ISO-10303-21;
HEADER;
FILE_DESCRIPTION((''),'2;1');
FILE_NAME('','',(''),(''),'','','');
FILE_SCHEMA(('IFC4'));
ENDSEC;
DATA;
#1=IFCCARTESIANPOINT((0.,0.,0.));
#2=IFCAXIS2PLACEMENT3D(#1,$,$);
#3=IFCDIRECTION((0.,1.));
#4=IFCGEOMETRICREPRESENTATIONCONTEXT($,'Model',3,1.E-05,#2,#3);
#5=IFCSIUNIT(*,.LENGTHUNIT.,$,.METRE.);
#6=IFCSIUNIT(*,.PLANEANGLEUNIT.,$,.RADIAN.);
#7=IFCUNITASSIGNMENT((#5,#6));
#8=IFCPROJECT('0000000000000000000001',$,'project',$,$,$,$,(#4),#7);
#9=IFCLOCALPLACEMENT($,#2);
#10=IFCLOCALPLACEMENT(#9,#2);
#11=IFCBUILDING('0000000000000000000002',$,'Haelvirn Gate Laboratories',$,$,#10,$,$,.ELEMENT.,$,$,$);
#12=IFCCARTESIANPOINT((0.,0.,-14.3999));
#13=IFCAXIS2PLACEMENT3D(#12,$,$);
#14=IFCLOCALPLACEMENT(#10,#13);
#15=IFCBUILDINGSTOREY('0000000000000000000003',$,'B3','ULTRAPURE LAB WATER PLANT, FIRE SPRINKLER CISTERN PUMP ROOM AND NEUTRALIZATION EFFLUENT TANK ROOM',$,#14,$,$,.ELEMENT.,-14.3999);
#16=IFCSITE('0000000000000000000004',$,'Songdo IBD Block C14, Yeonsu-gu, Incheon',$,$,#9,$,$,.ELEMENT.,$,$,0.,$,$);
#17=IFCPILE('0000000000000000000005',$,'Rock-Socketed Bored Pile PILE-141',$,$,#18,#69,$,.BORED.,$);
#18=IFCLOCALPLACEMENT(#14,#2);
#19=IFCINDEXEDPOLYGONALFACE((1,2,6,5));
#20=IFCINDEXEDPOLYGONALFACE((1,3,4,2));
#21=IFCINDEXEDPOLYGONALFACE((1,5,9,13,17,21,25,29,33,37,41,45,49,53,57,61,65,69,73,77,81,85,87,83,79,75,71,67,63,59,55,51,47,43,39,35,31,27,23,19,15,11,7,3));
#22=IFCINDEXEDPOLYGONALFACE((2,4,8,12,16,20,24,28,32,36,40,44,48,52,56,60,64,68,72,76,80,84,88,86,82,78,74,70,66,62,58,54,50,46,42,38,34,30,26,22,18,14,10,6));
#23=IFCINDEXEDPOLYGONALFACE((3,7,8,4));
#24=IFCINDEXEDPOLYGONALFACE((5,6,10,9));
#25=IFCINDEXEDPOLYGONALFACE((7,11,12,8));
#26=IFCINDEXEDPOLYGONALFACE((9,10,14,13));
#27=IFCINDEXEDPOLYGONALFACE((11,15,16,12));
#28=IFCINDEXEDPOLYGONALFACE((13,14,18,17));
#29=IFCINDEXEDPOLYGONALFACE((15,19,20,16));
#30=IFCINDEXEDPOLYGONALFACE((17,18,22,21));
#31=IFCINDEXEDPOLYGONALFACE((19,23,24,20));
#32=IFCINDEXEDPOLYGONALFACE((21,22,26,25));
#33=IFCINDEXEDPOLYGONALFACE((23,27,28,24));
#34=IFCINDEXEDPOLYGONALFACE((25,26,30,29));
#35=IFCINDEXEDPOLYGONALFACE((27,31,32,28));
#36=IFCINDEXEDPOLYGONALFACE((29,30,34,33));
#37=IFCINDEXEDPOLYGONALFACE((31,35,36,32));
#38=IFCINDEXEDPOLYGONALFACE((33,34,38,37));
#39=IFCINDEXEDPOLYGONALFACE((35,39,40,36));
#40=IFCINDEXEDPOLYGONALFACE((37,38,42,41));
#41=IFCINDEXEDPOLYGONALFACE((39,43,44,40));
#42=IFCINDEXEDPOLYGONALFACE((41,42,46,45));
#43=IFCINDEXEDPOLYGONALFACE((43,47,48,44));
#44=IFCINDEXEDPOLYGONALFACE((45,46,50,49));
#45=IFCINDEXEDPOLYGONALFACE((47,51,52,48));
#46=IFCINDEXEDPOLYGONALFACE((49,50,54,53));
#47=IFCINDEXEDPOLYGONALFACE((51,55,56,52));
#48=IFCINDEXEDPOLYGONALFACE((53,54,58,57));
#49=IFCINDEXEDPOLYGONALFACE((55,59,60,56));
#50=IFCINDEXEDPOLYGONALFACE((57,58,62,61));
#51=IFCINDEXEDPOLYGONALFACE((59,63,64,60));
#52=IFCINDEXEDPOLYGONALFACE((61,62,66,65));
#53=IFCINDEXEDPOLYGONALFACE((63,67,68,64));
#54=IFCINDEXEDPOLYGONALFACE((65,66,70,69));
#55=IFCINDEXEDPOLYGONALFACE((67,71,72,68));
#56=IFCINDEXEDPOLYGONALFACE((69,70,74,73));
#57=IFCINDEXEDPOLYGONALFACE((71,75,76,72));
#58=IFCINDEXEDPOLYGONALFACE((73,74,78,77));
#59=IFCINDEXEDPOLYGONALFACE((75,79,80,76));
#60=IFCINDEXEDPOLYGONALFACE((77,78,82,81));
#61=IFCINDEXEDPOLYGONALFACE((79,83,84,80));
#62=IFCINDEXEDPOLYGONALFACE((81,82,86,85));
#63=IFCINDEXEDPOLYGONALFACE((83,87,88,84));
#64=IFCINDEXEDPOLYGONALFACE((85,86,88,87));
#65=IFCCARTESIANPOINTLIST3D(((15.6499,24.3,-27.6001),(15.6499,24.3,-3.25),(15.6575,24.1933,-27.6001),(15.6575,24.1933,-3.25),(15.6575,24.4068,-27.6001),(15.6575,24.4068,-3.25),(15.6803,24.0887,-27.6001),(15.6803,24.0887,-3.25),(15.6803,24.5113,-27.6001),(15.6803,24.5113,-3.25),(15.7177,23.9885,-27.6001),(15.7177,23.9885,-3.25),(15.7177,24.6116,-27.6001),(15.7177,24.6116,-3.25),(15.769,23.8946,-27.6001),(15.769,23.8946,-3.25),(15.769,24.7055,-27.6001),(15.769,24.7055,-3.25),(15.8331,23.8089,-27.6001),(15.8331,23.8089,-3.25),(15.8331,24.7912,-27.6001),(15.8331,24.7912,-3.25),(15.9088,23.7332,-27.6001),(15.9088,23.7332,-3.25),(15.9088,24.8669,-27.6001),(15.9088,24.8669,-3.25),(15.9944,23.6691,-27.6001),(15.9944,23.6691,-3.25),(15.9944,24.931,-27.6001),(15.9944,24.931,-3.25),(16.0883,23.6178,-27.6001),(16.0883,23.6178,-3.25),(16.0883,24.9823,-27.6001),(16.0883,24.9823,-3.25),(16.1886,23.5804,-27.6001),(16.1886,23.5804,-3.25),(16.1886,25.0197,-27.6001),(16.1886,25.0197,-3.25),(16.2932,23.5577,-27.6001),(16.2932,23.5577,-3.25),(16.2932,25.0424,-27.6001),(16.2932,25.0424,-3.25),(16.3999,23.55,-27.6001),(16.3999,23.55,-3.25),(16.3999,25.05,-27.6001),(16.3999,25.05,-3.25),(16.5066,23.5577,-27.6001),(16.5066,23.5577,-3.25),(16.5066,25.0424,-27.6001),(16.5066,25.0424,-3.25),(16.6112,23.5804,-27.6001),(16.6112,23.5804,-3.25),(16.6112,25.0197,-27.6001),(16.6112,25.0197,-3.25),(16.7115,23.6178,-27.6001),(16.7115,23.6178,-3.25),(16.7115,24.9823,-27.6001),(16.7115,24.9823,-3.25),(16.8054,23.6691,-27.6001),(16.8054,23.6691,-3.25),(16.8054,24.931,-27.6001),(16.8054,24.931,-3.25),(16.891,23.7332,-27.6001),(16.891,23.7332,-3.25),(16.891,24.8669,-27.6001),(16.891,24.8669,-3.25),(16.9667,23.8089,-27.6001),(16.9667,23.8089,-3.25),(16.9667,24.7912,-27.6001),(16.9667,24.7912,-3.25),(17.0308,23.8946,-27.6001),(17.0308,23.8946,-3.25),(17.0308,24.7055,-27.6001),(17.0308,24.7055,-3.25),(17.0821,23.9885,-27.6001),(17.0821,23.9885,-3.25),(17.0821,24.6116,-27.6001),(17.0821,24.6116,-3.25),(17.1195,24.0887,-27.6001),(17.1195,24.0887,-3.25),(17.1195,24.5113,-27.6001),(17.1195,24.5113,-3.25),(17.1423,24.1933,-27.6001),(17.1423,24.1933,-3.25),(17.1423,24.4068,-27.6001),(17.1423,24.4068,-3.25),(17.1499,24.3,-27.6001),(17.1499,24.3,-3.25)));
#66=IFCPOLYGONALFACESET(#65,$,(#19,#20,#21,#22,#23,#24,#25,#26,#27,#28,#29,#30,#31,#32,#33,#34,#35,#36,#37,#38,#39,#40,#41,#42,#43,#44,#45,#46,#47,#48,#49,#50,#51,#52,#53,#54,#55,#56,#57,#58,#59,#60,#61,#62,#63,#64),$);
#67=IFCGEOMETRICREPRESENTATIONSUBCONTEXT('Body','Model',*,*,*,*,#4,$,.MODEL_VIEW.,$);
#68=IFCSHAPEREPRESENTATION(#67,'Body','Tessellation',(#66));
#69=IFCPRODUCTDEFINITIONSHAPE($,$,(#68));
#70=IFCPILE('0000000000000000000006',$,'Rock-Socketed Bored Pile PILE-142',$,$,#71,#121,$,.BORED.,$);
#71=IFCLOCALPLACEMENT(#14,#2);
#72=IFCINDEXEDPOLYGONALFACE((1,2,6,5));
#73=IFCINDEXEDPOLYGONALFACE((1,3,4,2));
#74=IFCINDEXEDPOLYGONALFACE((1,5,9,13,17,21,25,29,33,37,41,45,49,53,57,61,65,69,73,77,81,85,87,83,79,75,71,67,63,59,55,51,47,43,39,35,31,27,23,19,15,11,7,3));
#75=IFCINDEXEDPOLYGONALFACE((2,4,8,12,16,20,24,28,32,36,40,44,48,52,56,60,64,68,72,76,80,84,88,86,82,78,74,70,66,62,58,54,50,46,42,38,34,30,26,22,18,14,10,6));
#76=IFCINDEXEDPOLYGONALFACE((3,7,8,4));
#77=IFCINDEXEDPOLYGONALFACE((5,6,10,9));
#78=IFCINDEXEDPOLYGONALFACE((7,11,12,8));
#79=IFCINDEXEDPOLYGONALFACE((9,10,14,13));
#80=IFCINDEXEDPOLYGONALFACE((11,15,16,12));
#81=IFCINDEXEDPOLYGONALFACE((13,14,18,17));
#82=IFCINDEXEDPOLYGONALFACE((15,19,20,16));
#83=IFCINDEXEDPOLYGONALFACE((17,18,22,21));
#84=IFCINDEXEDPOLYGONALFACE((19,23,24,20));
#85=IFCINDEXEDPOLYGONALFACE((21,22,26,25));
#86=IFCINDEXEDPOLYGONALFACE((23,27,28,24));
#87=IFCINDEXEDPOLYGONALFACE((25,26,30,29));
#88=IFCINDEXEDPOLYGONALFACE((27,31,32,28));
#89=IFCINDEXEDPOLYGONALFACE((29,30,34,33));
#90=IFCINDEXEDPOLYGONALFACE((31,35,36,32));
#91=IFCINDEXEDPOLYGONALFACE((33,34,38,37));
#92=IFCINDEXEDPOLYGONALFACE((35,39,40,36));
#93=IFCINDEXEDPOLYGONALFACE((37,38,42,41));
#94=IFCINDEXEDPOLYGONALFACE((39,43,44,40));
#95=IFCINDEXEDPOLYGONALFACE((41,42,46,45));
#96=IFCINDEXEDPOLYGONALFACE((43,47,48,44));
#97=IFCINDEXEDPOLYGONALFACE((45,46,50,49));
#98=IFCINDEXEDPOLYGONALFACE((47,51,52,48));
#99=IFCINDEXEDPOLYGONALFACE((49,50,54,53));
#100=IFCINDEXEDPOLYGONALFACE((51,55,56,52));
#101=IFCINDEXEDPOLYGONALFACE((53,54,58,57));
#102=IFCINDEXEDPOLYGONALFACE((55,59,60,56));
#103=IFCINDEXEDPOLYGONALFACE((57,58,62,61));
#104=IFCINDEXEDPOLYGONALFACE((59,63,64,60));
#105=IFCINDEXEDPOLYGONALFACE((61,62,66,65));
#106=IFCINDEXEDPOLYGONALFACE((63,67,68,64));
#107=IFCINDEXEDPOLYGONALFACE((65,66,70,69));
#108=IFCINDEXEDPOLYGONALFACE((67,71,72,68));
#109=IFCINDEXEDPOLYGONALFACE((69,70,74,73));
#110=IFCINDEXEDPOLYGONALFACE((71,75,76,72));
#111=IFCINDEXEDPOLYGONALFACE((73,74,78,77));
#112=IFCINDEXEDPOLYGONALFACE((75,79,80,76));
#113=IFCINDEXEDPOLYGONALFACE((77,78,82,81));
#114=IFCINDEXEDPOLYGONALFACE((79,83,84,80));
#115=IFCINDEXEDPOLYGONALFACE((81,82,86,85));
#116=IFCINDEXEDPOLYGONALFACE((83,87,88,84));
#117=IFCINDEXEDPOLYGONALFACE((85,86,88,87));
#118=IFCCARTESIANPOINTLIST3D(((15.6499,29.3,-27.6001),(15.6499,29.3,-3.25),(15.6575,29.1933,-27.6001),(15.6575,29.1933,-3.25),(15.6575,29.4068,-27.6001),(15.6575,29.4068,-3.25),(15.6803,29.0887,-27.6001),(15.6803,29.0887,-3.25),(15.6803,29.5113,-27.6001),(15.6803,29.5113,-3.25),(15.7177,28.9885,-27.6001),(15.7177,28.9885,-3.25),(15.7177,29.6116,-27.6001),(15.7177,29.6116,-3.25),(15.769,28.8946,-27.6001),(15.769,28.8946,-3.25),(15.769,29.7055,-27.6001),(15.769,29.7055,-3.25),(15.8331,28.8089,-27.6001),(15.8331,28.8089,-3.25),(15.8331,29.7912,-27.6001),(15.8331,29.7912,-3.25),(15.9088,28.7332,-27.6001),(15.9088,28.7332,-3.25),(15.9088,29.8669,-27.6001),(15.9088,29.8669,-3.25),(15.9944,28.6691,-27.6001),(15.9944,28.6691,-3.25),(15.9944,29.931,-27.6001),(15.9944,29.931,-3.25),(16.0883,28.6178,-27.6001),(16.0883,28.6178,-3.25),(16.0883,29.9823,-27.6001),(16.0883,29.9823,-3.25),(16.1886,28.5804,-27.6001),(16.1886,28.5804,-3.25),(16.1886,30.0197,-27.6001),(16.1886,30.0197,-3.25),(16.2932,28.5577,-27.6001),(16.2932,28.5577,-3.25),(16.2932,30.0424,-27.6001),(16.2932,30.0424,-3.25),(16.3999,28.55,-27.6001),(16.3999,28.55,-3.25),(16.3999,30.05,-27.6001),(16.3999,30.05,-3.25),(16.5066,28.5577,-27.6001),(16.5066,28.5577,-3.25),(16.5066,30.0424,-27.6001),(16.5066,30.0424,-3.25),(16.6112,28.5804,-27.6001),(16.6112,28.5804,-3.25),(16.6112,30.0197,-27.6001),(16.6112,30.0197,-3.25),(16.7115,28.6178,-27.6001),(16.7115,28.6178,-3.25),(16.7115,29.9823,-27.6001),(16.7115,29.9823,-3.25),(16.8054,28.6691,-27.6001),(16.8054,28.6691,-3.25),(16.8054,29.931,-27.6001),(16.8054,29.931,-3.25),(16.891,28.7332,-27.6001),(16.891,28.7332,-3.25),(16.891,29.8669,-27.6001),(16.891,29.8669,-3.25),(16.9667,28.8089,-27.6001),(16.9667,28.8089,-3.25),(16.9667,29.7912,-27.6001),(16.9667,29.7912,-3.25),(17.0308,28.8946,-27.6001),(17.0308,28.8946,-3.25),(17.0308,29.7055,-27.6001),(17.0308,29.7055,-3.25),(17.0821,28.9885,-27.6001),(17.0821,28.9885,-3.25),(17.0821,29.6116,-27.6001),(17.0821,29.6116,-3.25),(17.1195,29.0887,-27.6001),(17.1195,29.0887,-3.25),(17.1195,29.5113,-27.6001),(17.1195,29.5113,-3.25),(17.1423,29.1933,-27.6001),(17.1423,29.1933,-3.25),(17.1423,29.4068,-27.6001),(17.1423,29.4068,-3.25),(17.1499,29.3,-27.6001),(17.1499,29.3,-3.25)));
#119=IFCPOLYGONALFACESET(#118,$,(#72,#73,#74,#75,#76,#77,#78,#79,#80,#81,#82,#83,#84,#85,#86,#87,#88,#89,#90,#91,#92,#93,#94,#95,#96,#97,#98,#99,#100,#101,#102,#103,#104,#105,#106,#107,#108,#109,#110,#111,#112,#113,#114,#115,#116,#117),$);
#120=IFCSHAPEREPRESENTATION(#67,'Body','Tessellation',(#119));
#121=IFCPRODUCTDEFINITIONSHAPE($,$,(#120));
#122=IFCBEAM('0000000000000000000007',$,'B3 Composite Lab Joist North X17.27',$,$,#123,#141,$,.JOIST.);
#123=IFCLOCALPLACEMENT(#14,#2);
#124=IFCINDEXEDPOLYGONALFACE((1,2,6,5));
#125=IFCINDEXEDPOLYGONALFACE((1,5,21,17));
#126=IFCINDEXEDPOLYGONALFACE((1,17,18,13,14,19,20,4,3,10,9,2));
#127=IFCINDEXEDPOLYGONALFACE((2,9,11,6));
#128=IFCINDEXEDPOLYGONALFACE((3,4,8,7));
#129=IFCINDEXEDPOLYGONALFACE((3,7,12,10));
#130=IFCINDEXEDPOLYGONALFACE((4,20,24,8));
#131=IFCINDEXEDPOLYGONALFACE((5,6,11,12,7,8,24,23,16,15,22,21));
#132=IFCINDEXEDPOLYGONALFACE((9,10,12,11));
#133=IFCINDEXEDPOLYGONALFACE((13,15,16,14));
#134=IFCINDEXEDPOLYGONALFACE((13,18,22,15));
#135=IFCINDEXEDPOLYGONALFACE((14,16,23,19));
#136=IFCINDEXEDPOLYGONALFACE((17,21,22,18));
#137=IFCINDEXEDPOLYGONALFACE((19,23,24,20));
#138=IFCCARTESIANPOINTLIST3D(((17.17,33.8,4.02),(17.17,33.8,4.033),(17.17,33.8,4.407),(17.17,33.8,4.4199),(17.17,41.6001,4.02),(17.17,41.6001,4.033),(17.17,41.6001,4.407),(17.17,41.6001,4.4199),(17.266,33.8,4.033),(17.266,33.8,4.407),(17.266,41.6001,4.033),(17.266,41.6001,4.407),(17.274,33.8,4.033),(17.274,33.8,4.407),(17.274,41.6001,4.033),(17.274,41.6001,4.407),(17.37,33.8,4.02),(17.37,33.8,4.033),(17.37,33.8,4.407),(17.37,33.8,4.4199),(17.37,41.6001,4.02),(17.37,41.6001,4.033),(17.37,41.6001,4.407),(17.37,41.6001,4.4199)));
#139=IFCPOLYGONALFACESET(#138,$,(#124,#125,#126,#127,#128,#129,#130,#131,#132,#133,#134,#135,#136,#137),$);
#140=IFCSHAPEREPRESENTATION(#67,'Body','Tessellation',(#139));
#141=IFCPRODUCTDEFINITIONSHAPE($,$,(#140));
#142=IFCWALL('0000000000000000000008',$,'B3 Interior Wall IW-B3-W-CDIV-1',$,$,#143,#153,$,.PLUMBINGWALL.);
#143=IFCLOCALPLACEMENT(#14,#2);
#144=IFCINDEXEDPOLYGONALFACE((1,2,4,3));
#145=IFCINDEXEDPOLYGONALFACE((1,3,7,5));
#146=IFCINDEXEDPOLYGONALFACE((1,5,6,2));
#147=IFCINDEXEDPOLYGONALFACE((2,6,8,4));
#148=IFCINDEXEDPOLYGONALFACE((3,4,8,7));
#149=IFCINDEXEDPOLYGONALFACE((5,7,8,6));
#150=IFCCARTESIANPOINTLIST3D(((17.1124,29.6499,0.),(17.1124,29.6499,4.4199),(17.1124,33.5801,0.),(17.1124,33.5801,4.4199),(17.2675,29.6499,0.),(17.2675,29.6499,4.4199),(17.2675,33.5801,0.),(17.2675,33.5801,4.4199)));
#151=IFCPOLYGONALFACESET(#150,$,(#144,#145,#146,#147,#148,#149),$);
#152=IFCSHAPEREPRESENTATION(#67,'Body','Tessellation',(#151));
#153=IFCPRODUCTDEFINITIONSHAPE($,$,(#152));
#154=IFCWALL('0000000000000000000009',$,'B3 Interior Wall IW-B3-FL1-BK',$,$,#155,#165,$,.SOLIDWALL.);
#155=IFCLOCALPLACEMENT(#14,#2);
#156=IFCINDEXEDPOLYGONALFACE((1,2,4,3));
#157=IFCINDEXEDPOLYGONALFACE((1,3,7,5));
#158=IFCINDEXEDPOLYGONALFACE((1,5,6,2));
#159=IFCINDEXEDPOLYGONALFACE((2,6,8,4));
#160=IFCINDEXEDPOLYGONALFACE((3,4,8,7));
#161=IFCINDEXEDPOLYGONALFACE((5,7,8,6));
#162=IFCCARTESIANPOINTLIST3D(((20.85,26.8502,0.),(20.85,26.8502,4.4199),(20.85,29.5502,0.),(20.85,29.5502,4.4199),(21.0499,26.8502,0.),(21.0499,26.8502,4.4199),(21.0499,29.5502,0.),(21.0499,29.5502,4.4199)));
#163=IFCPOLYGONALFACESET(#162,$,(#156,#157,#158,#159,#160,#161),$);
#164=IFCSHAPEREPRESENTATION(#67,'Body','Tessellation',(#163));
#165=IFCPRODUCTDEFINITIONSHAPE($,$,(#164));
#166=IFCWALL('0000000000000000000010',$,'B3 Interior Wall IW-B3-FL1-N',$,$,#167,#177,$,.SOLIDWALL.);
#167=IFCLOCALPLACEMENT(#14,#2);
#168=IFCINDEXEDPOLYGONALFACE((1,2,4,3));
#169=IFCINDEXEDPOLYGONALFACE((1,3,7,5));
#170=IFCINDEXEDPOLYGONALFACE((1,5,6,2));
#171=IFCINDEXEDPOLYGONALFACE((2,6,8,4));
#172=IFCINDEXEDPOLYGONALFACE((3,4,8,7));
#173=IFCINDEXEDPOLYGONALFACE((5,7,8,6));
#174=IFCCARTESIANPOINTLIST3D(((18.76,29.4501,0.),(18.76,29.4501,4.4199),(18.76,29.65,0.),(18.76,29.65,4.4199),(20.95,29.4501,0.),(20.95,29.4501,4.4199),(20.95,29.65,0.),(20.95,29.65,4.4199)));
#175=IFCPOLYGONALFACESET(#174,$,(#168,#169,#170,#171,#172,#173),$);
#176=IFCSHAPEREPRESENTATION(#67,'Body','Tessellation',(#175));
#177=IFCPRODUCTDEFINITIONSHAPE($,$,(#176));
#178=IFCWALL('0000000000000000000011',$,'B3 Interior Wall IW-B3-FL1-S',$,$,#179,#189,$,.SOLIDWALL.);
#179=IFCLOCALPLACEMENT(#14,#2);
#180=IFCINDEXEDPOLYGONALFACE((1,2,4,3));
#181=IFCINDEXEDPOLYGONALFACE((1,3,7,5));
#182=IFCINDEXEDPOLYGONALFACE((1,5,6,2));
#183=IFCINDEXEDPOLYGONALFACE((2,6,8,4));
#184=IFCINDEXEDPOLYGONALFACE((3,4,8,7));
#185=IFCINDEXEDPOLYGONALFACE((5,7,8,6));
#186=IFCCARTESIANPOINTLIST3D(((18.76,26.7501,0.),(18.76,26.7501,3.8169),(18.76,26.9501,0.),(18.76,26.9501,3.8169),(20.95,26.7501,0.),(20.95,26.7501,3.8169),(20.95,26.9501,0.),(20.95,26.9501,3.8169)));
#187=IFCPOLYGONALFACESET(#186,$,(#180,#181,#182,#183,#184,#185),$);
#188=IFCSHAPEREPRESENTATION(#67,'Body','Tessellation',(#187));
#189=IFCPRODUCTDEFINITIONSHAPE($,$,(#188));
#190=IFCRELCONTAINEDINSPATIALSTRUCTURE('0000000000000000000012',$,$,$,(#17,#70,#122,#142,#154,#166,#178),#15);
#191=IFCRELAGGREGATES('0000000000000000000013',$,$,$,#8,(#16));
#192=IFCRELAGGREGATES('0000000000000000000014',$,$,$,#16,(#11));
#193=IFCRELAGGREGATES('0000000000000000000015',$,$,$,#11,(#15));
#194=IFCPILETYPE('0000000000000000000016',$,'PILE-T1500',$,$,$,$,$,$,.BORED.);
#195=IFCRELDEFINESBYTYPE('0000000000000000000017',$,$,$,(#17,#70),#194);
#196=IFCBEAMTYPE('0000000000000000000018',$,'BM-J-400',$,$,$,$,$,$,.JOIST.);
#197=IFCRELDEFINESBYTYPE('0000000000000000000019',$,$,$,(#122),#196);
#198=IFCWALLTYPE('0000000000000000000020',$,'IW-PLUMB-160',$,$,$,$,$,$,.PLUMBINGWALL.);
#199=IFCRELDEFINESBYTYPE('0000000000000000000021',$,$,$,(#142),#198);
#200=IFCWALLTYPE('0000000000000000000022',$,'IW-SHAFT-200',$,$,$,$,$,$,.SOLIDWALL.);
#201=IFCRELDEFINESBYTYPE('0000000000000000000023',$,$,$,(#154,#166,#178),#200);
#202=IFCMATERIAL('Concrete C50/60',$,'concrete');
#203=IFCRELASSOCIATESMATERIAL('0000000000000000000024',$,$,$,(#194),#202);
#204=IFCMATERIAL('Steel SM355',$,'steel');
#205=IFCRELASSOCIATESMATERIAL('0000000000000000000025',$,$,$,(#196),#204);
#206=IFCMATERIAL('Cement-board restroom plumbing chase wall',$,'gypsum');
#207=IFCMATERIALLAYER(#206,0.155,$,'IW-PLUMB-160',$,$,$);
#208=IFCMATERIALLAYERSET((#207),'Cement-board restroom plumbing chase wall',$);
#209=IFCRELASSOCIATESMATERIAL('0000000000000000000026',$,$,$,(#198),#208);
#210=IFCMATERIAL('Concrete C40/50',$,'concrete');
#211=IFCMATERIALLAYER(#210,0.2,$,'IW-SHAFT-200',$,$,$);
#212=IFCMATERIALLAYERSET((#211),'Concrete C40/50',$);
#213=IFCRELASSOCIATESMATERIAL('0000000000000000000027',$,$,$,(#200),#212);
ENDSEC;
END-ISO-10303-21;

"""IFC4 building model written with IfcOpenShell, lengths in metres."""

from ifc_helpers import new_model, si_unit, direction, frame, frame_2d, origin, origin_2d, place, context, subcontext, project, spatial, rectangle, circle, i_section, extrude, source, transform, mapped, material, layer, layer_set, material_profile, profile_set, type_object, type_shapes, element, save


model = new_model("IFC4")

# Units and contexts
model_context = context("Model", 3, precision=1e-05, world=origin(), true_north=direction((0.0, 1.0)))
body_context = subcontext(model_context, "Body", "Model", "MODEL_VIEW")
ifc_project = project(units=[si_unit("LENGTHUNIT", "METRE"), si_unit("PLANEANGLEUNIT", "RADIAN")], contexts=[model_context])

# Site, building, storey
site_placement = place(None, origin())
site = spatial("IfcSite", under=ifc_project, at=site_placement, Name="Songdo IBD Block C14, Yeonsu-gu, Incheon", CompositionType="ELEMENT", RefElevation=0.0)
building_placement = place(site_placement, origin())
building = spatial("IfcBuilding", under=site, at=building_placement, Name="Haelvirn Gate Laboratories", CompositionType="ELEMENT")
storey_placement = place(building_placement, frame((0.0, 0.0, -14.3999)))
storey = spatial("IfcBuildingStorey", under=building, at=storey_placement, Name="B3", Description="ULTRAPURE LAB WATER PLANT, FIRE SPRINKLER CISTERN PUMP ROOM AND NEUTRALIZATION EFFLUENT TANK ROOM", CompositionType="ELEMENT", Elevation=-14.3999)

# Piles
ifc_material_1 = material(Name="Concrete C50/60", Category="concrete")
ifc_material_profile_1 = material_profile(ifc_material_1, circle(Radius=0.75, at=origin_2d()), Name="PILE-D1500")
ifc_profile_set_1 = profile_set([ifc_material_profile_1], Name="Concrete C50/60")
pile_type_1 = type_object("IfcPileType", Name="PILE-T1500", PredefinedType="BORED", material=ifc_profile_set_1)
shared_shape_1 = source(origin(), body_context, "Body", "SweptSolid", [
    extrude(circle(Radius=0.75, at=origin_2d()), origin(), (0.0, 0.0, 1.0), 24.3501),
])
type_shapes(pile_type_1, [shared_shape_1])
for number, where, z_axis, x_axis, name in (
    (1, (16.3999, 24.3, -3.25), (0.0, 0.0, -1.0), (1.0, 0.0, 0.0), "Rock-Socketed Bored Pile PILE-141"),
    (2, (16.3999, 29.3, -3.25), (0.0, 0.0, -1.0), (1.0, 0.0, 0.0), "Rock-Socketed Bored Pile PILE-142"),
):
    element("IfcPile", number, at=place(storey_placement, frame(where, z_axis=z_axis, x_axis=x_axis)), inside=storey, type_object=pile_type_1, Name=name, PredefinedType="BORED", context=body_context, shape_type="MappedRepresentation", body=[
        mapped(shared_shape_1, transform((0.0, 0.0, 0.0), scale=1.0)),
    ])

# Beam
ifc_material_2 = material(Name="Steel SM355", Category="steel")
ifc_material_profile_2 = material_profile(ifc_material_2, i_section(OverallWidth=0.2, OverallDepth=0.3999, WebThickness=0.0081, FlangeThickness=0.0129, at=origin_2d()), Name="H-400x200x8x13")
ifc_profile_set_2 = profile_set([ifc_material_profile_2], Name="Steel SM355")
beam_type = type_object("IfcBeamType", Name="BM-J-400", PredefinedType="JOIST", material=ifc_profile_set_2)
shared_shape_2 = source(origin(), body_context, "Body", "SweptSolid", [
    extrude(i_section(OverallWidth=0.2, OverallDepth=0.3999, WebThickness=0.0081, FlangeThickness=0.0129, at=origin_2d()), origin(), (0.0, 0.0, 1.0), 7.8),
])
type_shapes(beam_type, [shared_shape_2])
beam_placement = place(storey_placement, frame((17.27, 33.8, 4.22), z_axis=(0.0, 1.0, 0.0), x_axis=(-1.0, 0.0, 0.0)))
element("IfcBeam", 3, at=beam_placement, inside=storey, type_object=beam_type, Name="B3 Composite Lab Joist North X17.27", PredefinedType="JOIST", context=body_context, shape_type="MappedRepresentation", body=[
    mapped(shared_shape_2, transform((0.0, 0.0, 0.0), scale=1.0)),
])

# Walls
ifc_material_3 = material(Name="Cement-board restroom plumbing chase wall", Category="gypsum")
ifc_layer_1 = layer(ifc_material_3, 0.155, Name="IW-PLUMB-160")
ifc_layer_set_1 = layer_set([ifc_layer_1], Name="Cement-board restroom plumbing chase wall")
wall_type_1 = type_object("IfcWallType", Name="IW-PLUMB-160", PredefinedType="PLUMBINGWALL", material=ifc_layer_set_1)
wall_1_placement = place(storey_placement, frame((17.1899, 29.6499, 0.0), z_axis=(0.0, 0.0, 1.0), x_axis=(0.0, 1.0, 0.0)))
element("IfcWall", 4, at=wall_1_placement, inside=storey, type_object=wall_type_1, Name="B3 Interior Wall IW-B3-W-CDIV-1", PredefinedType="PLUMBINGWALL", context=body_context, shape_type="SweptSolid", body=[
    extrude(rectangle(XDim=3.9302, YDim=0.155, at=frame_2d((1.9651, 0.0))), origin(), (0.0, 0.0, 1.0), 4.4199),
])
ifc_material_4 = material(Name="Concrete C40/50", Category="concrete")
ifc_layer_2 = layer(ifc_material_4, 0.2, Name="IW-SHAFT-200")
ifc_layer_set_2 = layer_set([ifc_layer_2], Name="Concrete C40/50")
wall_type_2 = type_object("IfcWallType", Name="IW-SHAFT-200", PredefinedType="SOLIDWALL", material=ifc_layer_set_2)
wall_2_placement = place(storey_placement, frame((20.95, 26.8501, 0.0), z_axis=(0.0, 0.0, 1.0), x_axis=(0.0, 1.0, 0.0)))
element("IfcWall", 5, at=wall_2_placement, inside=storey, type_object=wall_type_2, Name="B3 Interior Wall IW-B3-FL1-BK", PredefinedType="SOLIDWALL", context=body_context, shape_type="SweptSolid", body=[
    extrude(rectangle(XDim=2.7, YDim=0.2, at=frame_2d((1.3501, 0.0))), origin(), (0.0, 0.0, 1.0), 4.4199),
])
wall_3_placement = place(storey_placement, frame((18.76, 29.55, 0.0), z_axis=(0.0, 0.0, 1.0), x_axis=(1.0, 0.0, 0.0)))
element("IfcWall", 6, at=wall_3_placement, inside=storey, type_object=wall_type_2, Name="B3 Interior Wall IW-B3-FL1-N", PredefinedType="SOLIDWALL", context=body_context, shape_type="SweptSolid", body=[
    extrude(rectangle(XDim=2.1899, YDim=0.2, at=frame_2d((1.095, 0.0))), origin(), (0.0, 0.0, 1.0), 4.4199),
])
wall_4_placement = place(storey_placement, frame((18.76, 26.8501, 0.0), z_axis=(0.0, 0.0, 1.0), x_axis=(1.0, 0.0, 0.0)))
element("IfcWall", 7, at=wall_4_placement, inside=storey, type_object=wall_type_2, Name="B3 Interior Wall IW-B3-FL1-S", PredefinedType="SOLIDWALL", context=body_context, shape_type="SweptSolid", body=[
    extrude(rectangle(XDim=2.1899, YDim=0.2, at=frame_2d((1.095, 0.0))), origin(), (0.0, 0.0, 1.0), 3.8169),
])

save(model, "model.ifc")
